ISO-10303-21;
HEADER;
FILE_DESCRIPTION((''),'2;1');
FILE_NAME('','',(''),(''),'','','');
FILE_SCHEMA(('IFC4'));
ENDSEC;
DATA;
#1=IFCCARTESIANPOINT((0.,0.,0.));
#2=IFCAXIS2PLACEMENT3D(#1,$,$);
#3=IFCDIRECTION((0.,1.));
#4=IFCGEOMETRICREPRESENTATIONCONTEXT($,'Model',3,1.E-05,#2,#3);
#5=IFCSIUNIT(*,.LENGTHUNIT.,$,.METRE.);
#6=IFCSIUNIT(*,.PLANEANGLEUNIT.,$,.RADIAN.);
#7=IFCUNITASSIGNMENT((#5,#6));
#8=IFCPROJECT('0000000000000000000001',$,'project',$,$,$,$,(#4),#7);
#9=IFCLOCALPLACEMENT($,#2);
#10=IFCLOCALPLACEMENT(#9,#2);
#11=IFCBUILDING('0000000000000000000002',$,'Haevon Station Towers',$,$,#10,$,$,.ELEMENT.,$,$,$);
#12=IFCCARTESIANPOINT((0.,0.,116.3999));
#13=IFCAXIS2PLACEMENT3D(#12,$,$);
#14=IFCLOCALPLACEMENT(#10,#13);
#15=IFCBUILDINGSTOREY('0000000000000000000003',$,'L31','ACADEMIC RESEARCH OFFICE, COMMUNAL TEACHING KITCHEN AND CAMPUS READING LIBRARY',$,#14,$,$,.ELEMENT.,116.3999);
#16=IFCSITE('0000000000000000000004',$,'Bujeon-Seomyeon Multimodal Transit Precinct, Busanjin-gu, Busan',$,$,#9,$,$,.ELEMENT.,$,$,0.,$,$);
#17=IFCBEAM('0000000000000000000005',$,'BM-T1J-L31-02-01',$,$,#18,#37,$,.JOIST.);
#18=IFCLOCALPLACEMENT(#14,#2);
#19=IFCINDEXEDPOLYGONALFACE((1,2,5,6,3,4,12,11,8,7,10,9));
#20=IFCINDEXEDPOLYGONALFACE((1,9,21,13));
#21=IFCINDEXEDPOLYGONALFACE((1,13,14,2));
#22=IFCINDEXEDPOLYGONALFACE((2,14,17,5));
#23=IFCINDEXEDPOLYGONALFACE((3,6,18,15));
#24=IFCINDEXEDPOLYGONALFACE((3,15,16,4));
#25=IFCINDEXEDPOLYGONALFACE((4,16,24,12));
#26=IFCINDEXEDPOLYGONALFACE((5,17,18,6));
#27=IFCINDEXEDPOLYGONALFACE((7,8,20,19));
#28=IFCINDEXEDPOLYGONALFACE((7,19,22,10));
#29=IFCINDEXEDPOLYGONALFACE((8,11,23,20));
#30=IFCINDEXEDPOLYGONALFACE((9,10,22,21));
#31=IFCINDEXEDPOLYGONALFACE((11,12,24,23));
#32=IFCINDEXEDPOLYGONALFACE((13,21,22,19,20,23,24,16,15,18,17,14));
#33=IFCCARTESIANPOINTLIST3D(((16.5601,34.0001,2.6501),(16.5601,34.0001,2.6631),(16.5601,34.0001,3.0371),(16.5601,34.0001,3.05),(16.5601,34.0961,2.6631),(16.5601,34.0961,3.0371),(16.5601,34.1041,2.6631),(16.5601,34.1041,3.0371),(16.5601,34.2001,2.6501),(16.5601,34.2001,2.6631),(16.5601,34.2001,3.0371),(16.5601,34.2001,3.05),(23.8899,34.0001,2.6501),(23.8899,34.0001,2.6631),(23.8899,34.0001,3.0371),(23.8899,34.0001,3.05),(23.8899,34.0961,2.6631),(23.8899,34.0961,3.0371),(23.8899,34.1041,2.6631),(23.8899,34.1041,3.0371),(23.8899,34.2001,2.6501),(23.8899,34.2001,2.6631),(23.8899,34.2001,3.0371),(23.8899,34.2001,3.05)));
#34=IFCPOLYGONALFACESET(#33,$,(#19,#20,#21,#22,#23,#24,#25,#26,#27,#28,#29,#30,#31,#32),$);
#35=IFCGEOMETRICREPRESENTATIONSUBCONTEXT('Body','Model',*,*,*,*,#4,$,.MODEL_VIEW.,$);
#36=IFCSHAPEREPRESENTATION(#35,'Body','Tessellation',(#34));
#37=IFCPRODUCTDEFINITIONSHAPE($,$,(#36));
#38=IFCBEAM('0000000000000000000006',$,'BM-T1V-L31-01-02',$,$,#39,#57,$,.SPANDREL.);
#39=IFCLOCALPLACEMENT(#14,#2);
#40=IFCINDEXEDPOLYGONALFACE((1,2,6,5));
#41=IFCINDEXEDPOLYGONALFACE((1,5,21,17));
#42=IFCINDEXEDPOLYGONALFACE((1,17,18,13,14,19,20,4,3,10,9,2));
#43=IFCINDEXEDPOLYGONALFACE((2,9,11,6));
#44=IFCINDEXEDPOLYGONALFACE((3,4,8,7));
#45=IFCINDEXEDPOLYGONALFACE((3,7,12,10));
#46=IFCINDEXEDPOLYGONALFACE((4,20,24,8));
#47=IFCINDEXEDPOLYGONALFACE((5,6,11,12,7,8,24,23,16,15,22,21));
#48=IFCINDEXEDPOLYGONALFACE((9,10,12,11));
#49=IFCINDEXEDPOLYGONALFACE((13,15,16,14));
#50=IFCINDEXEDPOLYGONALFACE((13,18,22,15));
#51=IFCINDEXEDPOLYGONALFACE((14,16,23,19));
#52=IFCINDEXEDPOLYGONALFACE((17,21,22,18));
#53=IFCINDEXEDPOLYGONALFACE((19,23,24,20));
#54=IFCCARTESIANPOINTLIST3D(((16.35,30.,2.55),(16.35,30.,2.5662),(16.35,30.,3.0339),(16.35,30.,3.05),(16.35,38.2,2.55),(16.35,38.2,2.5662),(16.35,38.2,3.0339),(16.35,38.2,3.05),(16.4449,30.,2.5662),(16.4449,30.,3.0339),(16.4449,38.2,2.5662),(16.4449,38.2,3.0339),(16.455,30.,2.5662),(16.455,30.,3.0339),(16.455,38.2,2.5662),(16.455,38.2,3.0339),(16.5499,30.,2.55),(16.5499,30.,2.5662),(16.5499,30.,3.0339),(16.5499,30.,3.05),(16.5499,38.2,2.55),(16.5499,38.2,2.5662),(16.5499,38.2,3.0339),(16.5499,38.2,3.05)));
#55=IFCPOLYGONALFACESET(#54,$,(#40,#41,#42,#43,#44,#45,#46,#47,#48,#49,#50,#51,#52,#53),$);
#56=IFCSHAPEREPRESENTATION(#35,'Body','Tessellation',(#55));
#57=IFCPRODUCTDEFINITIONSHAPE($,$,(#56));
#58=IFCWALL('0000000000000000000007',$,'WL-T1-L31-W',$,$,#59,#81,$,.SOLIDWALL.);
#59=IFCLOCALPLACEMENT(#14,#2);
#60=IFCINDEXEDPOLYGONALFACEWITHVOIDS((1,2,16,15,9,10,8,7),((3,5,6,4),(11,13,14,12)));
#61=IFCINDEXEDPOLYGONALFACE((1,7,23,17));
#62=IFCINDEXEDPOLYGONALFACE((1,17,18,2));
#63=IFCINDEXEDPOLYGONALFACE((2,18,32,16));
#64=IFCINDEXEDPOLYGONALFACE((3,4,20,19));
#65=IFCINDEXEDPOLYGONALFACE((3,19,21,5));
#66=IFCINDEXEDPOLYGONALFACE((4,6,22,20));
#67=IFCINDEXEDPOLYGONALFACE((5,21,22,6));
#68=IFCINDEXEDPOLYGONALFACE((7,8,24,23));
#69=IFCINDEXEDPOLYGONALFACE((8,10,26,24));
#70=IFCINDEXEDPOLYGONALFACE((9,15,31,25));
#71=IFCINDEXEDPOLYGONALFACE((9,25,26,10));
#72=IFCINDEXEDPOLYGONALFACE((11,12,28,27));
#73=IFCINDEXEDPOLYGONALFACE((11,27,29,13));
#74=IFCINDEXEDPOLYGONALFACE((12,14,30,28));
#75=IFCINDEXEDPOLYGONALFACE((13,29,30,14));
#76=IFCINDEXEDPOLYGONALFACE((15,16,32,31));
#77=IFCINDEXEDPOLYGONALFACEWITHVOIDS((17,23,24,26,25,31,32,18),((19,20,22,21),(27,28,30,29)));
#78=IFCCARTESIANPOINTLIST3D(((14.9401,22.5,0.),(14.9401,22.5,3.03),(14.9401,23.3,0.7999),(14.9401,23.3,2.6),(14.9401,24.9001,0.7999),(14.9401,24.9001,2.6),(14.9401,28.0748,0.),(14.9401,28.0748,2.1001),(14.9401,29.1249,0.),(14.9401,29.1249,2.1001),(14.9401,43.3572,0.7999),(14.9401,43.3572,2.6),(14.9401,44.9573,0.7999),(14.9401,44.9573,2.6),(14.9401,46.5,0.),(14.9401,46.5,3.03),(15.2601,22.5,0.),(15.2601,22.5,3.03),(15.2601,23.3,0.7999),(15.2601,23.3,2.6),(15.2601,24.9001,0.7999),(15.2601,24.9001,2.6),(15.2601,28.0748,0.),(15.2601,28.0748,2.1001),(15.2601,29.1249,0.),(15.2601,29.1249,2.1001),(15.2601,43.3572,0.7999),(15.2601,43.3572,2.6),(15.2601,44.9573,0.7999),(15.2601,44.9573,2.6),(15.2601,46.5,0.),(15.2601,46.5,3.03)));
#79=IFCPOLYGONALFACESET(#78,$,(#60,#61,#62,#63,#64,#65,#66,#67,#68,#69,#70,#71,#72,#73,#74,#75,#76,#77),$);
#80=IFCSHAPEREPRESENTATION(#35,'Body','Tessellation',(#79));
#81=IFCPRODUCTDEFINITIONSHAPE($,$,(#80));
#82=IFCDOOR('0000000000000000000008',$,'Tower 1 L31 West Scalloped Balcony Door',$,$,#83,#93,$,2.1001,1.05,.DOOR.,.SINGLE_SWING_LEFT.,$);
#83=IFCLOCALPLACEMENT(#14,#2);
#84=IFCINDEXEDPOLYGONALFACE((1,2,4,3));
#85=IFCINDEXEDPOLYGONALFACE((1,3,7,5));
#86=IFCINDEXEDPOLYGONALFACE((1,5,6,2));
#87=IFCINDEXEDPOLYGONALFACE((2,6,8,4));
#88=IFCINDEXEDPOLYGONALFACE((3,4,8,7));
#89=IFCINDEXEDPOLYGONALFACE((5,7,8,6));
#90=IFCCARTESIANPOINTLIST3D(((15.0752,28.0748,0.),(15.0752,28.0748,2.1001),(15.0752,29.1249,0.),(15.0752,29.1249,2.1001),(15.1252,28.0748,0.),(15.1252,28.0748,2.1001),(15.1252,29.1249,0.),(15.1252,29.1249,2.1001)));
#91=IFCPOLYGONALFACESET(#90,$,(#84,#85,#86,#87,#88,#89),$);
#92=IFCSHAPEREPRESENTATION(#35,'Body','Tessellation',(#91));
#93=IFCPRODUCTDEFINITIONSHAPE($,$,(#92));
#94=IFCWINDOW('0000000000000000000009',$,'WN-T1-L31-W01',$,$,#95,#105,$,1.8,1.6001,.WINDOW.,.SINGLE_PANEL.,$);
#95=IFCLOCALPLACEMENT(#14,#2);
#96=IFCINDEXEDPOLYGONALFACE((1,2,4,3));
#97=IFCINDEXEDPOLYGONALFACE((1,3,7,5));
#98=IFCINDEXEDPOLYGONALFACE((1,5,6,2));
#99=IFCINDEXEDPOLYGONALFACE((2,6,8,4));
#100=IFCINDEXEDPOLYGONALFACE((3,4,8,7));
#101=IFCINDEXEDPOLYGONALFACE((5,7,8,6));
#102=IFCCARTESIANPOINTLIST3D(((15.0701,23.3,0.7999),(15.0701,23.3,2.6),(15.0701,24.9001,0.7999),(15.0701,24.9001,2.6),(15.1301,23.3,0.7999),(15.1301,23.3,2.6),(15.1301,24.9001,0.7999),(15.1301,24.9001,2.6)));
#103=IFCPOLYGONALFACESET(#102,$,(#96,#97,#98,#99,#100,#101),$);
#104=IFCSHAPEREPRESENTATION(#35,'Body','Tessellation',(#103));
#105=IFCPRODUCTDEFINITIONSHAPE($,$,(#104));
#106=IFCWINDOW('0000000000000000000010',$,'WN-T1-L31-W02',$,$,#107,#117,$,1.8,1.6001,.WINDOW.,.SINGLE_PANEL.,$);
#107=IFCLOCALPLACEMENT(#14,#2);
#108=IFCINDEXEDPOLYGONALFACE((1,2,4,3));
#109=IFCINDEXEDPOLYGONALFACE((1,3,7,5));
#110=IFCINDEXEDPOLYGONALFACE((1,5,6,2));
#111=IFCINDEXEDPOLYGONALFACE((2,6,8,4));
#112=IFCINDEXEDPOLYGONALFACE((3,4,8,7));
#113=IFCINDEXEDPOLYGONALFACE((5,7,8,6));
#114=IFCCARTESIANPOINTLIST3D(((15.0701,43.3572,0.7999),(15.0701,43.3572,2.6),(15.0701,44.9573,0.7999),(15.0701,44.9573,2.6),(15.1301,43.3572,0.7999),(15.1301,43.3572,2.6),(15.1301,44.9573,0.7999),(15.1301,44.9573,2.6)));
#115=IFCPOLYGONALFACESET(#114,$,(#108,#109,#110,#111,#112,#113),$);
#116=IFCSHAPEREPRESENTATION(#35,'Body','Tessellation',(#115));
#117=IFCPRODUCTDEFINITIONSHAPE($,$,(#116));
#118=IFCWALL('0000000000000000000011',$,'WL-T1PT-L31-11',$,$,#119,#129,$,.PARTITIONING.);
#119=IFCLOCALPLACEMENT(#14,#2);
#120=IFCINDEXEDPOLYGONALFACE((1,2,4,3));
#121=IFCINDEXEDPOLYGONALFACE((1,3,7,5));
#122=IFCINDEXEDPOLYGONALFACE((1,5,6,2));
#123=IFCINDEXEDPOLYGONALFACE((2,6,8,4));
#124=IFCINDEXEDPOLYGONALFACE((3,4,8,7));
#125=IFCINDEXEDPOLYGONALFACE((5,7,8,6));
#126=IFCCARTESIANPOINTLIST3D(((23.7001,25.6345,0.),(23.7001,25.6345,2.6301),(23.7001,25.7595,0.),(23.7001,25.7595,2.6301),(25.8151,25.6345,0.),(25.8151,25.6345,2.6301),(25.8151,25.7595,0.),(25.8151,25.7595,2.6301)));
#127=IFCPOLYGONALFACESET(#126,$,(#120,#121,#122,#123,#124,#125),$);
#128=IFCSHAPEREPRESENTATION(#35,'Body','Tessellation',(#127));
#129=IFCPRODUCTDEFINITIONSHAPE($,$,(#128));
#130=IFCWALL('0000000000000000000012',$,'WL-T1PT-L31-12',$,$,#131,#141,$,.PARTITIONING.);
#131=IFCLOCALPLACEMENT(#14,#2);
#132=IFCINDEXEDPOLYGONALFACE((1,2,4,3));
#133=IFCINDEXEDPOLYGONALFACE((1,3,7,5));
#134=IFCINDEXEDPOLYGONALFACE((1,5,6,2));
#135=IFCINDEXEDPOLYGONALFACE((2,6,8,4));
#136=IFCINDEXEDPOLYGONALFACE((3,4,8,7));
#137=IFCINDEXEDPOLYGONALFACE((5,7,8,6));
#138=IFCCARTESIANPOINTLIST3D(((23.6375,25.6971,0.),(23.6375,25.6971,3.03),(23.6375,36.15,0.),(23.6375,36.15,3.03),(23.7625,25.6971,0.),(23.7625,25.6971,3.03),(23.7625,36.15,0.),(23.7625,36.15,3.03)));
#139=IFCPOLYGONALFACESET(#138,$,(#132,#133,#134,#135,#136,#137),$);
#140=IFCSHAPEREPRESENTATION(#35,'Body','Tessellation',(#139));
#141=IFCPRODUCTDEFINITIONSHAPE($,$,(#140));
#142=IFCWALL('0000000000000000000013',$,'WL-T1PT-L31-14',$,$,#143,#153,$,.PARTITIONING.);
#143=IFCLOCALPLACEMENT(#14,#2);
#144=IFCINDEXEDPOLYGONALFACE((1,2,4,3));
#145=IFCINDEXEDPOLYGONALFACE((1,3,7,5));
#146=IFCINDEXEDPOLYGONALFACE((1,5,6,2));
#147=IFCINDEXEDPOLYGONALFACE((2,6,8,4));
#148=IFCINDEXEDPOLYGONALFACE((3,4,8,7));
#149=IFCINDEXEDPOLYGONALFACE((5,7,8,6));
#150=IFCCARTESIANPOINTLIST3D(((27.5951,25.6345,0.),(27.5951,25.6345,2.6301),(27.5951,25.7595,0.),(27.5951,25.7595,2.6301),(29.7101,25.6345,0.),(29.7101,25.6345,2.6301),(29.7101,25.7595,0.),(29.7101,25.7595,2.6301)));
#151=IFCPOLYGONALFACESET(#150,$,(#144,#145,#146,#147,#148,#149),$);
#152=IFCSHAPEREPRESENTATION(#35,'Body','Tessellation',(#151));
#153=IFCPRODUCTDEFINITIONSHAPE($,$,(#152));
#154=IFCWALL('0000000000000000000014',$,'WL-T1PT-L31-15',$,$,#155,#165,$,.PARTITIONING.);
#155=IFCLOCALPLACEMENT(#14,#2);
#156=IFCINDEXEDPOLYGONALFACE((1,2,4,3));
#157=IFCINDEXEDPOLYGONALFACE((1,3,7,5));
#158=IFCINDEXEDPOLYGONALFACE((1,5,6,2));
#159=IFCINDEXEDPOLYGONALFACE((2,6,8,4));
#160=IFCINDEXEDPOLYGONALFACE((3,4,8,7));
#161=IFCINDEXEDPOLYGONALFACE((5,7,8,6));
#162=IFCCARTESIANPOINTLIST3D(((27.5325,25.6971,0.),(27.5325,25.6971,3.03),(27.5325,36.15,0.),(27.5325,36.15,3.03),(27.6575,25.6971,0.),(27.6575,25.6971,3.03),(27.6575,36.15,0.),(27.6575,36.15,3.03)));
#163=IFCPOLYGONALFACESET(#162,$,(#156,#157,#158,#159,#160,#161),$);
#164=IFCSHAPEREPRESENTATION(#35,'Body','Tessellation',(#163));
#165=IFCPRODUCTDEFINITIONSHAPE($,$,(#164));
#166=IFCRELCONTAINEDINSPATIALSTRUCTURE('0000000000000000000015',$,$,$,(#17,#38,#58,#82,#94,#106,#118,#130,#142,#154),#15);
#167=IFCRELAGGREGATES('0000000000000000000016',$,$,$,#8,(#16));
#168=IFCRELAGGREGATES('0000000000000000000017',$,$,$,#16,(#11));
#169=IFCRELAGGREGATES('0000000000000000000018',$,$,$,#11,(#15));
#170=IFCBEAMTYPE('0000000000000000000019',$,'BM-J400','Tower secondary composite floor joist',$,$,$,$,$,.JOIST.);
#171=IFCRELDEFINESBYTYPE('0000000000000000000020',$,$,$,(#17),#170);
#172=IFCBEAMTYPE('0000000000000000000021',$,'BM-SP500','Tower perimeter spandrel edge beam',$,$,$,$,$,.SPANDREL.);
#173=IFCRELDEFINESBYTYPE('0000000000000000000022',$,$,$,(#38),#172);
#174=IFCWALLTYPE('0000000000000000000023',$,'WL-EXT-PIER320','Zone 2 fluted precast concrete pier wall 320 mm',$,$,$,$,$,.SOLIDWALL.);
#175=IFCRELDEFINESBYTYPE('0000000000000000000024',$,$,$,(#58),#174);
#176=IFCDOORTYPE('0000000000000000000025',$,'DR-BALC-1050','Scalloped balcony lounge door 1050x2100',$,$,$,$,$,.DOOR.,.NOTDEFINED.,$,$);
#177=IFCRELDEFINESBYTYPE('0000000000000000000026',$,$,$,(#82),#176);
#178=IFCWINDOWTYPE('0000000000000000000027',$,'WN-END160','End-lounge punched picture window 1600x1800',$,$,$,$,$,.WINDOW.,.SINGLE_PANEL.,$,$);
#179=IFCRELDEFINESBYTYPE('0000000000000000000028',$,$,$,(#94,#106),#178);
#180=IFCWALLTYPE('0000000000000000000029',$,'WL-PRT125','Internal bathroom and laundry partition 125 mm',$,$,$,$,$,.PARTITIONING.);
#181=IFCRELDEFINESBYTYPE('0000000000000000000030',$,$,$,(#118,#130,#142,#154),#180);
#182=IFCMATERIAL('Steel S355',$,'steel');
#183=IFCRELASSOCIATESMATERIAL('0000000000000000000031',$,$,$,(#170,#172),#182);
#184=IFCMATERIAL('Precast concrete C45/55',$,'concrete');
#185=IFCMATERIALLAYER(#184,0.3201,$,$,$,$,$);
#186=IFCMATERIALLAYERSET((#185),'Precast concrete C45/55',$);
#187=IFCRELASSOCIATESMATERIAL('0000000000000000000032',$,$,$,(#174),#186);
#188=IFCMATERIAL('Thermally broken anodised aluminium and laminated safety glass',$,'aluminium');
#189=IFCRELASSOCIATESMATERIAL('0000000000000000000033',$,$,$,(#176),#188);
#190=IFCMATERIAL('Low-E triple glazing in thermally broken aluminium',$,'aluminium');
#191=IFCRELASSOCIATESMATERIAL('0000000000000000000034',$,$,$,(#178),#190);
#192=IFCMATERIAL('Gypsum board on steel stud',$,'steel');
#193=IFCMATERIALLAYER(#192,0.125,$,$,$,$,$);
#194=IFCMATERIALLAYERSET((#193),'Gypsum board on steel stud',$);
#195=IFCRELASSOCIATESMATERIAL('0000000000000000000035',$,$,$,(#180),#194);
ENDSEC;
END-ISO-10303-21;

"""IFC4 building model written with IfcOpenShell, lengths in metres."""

from ifc_helpers import new_model, si_unit, direction, frame, frame_2d, origin, origin_2d, place, context, subcontext, project, spatial, rectangle, i_section, extrude, material, layer, layer_set, material_profile, profile_set, type_object, element, fill, save


model = new_model("IFC4")

# Units and contexts
model_context = context("Model", 3, precision=1e-05, world=origin(), true_north=direction((0.0, 1.0)))
body_context = subcontext(model_context, "Body", "Model", "MODEL_VIEW")
ifc_project = project(units=[si_unit("LENGTHUNIT", "METRE"), si_unit("PLANEANGLEUNIT", "RADIAN")], contexts=[model_context])

# Site, building, storey
site_placement = place(None, origin())
site = spatial("IfcSite", under=ifc_project, at=site_placement, Name="Bujeon-Seomyeon Multimodal Transit Precinct, Busanjin-gu, Busan", CompositionType="ELEMENT", RefElevation=0.0)
building_placement = place(site_placement, origin())
building = spatial("IfcBuilding", under=site, at=building_placement, Name="Haevon Station Towers", CompositionType="ELEMENT")
storey_placement = place(building_placement, frame((0.0, 0.0, 116.3999)))
storey = spatial("IfcBuildingStorey", under=building, at=storey_placement, Name="L31", Description="ACADEMIC RESEARCH OFFICE, COMMUNAL TEACHING KITCHEN AND CAMPUS READING LIBRARY", CompositionType="ELEMENT", Elevation=116.3999)

# Beams
ifc_material_1 = material(Name="Steel S355", Category="steel")
ifc_material_profile_1 = material_profile(ifc_material_1, i_section(OverallWidth=0.2, OverallDepth=0.3999, WebThickness=0.0081, FlangeThickness=0.0129, at=origin_2d()), Name="H-400x200x8x13")
ifc_profile_set_1 = profile_set([ifc_material_profile_1], Name="Steel S355")
beam_type_1 = type_object("IfcBeamType", Name="BM-J400", Description="Tower secondary composite floor joist", PredefinedType="JOIST", material=ifc_profile_set_1)
beam_1_placement = place(storey_placement, frame((16.5601, 34.1001, 2.8501), z_axis=(1.0, 0.0, 0.0), x_axis=(0.0, 1.0, 0.0)))
element("IfcBeam", 1, at=beam_1_placement, inside=storey, type_object=beam_type_1, Name="BM-T1J-L31-02-01", PredefinedType="JOIST", context=body_context, shape_type="SweptSolid", body=[
    extrude(i_section(OverallWidth=0.2, OverallDepth=0.3999, WebThickness=0.0081, FlangeThickness=0.0129, at=origin_2d()), origin(), (0.0, 0.0, 1.0), 7.3298),
])
ifc_material_profile_2 = material_profile(ifc_material_1, i_section(OverallWidth=0.2, OverallDepth=0.5, WebThickness=0.01, FlangeThickness=0.0161, at=origin_2d()), Name="H-500x200x10x16")
ifc_profile_set_2 = profile_set([ifc_material_profile_2], Name="Steel S355")
beam_type_2 = type_object("IfcBeamType", Name="BM-SP500", Description="Tower perimeter spandrel edge beam", PredefinedType="SPANDREL", material=ifc_profile_set_2)
beam_2_placement = place(storey_placement, frame((16.45, 30.0, 2.8), z_axis=(0.0, 1.0, 0.0), x_axis=(-1.0, 0.0, 0.0)))
element("IfcBeam", 2, at=beam_2_placement, inside=storey, type_object=beam_type_2, Name="BM-T1V-L31-01-02", PredefinedType="SPANDREL", context=body_context, shape_type="SweptSolid", body=[
    extrude(i_section(OverallWidth=0.2, OverallDepth=0.5, WebThickness=0.01, FlangeThickness=0.0161, at=origin_2d()), origin(), (0.0, 0.0, 1.0), 8.2),
])

# Wall, openings, door, windows
ifc_material_2 = material(Name="Precast concrete C45/55", Category="concrete")
ifc_layer_1 = layer(ifc_material_2, 0.3201)
ifc_layer_set_1 = layer_set([ifc_layer_1], Name="Precast concrete C45/55")
wall_type_1 = type_object("IfcWallType", Name="WL-EXT-PIER320", Description="Zone 2 fluted precast concrete pier wall 320 mm", PredefinedType="SOLIDWALL", material=ifc_layer_set_1)
wall_1_placement = place(storey_placement, frame((15.1001, 22.5, 0.0), z_axis=(0.0, 0.0, 1.0), x_axis=(0.0, 1.0, 0.0)))
wall_1 = element("IfcWall", 3, at=wall_1_placement, inside=storey, type_object=wall_type_1, Name="WL-T1-L31-W", PredefinedType="SOLIDWALL", context=body_context, shape_type="SweptSolid", body=[
    extrude(rectangle(XDim=24.0, YDim=0.3201, at=frame_2d((12.0, 0.0))), origin(), (0.0, 0.0, 1.0), 3.03),
])
opening_1_placement = place(wall_1_placement, frame((5.575, 0.0, 0.0)))
opening_1 = element("IfcOpeningElement", 4, at=opening_1_placement, cuts=wall_1, PredefinedType="OPENING", context=body_context, shape_type="SweptSolid", body=[
    extrude(rectangle(XDim=1.05, YDim=2.1001, at=frame_2d((0.5249, 1.05))), frame((0.0, 0.1699, 0.0), z_axis=(0.0, -1.0, 0.0), x_axis=(1.0, 0.0, 0.0)), (0.0, 0.0, 1.0), 0.3401),
])
opening_2_placement = place(wall_1_placement, frame((0.8, 0.0, 0.8)))
opening_2 = element("IfcOpeningElement", 5, at=opening_2_placement, cuts=wall_1, PredefinedType="OPENING", context=body_context, shape_type="SweptSolid", body=[
    extrude(rectangle(XDim=1.6001, YDim=1.8, at=frame_2d((0.8, 0.8999))), frame((0.0, 0.1699, 0.0), z_axis=(0.0, -1.0, 0.0), x_axis=(1.0, 0.0, 0.0)), (0.0, 0.0, 1.0), 0.3401),
])
opening_3_placement = place(wall_1_placement, frame((20.8572, 0.0, 0.8)))
opening_3 = element("IfcOpeningElement", 6, at=opening_3_placement, cuts=wall_1, PredefinedType="OPENING", context=body_context, shape_type="SweptSolid", body=[
    extrude(rectangle(XDim=1.6001, YDim=1.8, at=frame_2d((0.8, 0.8999))), frame((0.0, 0.1699, 0.0), z_axis=(0.0, -1.0, 0.0), x_axis=(1.0, 0.0, 0.0)), (0.0, 0.0, 1.0), 0.3401),
])
ifc_material_3 = material(Name="Thermally broken anodised aluminium and laminated safety glass", Category="aluminium")
door_type = type_object("IfcDoorType", Name="DR-BALC-1050", Description="Scalloped balcony lounge door 1050x2100", OperationType="NOTDEFINED", PredefinedType="DOOR", material=ifc_material_3)
door_placement = place(opening_1_placement, origin())
door = element("IfcDoor", 7, at=door_placement, inside=storey, type_object=door_type, Name="Tower 1 L31 West Scalloped Balcony Door", OperationType="SINGLE_SWING_LEFT", OverallHeight=2.1001, OverallWidth=1.05, PredefinedType="DOOR", context=body_context, shape_type="SweptSolid", body=[
    extrude(rectangle(XDim=1.05, YDim=2.1001, at=frame_2d((0.5249, 1.05))), frame((0.0, 0.0249, 0.0), z_axis=(0.0, -1.0, 0.0), x_axis=(1.0, 0.0, 0.0)), (0.0, 0.0, 1.0), 0.05),
])
fill(opening_1, door)
ifc_material_4 = material(Name="Low-E triple glazing in thermally broken aluminium", Category="aluminium")
window_type = type_object("IfcWindowType", Name="WN-END160", Description="End-lounge punched picture window 1600x1800", PartitioningType="SINGLE_PANEL", PredefinedType="WINDOW", material=ifc_material_4)
window_1_placement = place(opening_2_placement, origin())
window_1 = element("IfcWindow", 8, at=window_1_placement, inside=storey, type_object=window_type, Name="WN-T1-L31-W01", OverallHeight=1.8, OverallWidth=1.6001, PartitioningType="SINGLE_PANEL", PredefinedType="WINDOW", context=body_context, shape_type="SweptSolid", body=[
    extrude(rectangle(XDim=1.6001, YDim=1.8, at=frame_2d((0.8, 0.8999))), frame((0.0, 0.03, 0.0), z_axis=(0.0, -1.0, 0.0), x_axis=(1.0, 0.0, 0.0)), (0.0, 0.0, 1.0), 0.0601),
])
fill(opening_2, window_1)
window_2_placement = place(opening_3_placement, origin())
window_2 = element("IfcWindow", 9, at=window_2_placement, inside=storey, type_object=window_type, Name="WN-T1-L31-W02", OverallHeight=1.8, OverallWidth=1.6001, PartitioningType="SINGLE_PANEL", PredefinedType="WINDOW", context=body_context, shape_type="SweptSolid", body=[
    extrude(rectangle(XDim=1.6001, YDim=1.8, at=frame_2d((0.8, 0.8999))), frame((0.0, 0.03, 0.0), z_axis=(0.0, -1.0, 0.0), x_axis=(1.0, 0.0, 0.0)), (0.0, 0.0, 1.0), 0.0601),
])
fill(opening_3, window_2)

# Walls
ifc_material_5 = material(Name="Gypsum board on steel stud", Category="steel")
ifc_layer_2 = layer(ifc_material_5, 0.125)
ifc_layer_set_2 = layer_set([ifc_layer_2], Name="Gypsum board on steel stud")
wall_type_2 = type_object("IfcWallType", Name="WL-PRT125", Description="Internal bathroom and laundry partition 125 mm", PredefinedType="PARTITIONING", material=ifc_layer_set_2)
wall_2_placement = place(storey_placement, frame((23.7, 25.697, 0.0), z_axis=(0.0, 0.0, 1.0), x_axis=(1.0, 0.0, 0.0)))
element("IfcWall", 10, at=wall_2_placement, inside=storey, type_object=wall_type_2, Name="WL-T1PT-L31-11", PredefinedType="PARTITIONING", context=body_context, shape_type="SweptSolid", body=[
    extrude(rectangle(XDim=2.115, YDim=0.125, at=frame_2d((1.0576, 0.0))), origin(), (0.0, 0.0, 1.0), 2.6301),
])
wall_3_placement = place(storey_placement, frame((23.7, 25.697, 0.0), z_axis=(0.0, 0.0, 1.0), x_axis=(0.0, 1.0, 0.0)))
element("IfcWall", 11, at=wall_3_placement, inside=storey, type_object=wall_type_2, Name="WL-T1PT-L31-12", PredefinedType="PARTITIONING", context=body_context, shape_type="SweptSolid", body=[
    extrude(rectangle(XDim=10.4529, YDim=0.125, at=frame_2d((5.2266, 0.0))), origin(), (0.0, 0.0, 1.0), 3.03),
])
wall_4_placement = place(storey_placement, frame((27.595, 25.697, 0.0), z_axis=(0.0, 0.0, 1.0), x_axis=(1.0, 0.0, 0.0)))
element("IfcWall", 12, at=wall_4_placement, inside=storey, type_object=wall_type_2, Name="WL-T1PT-L31-14", PredefinedType="PARTITIONING", context=body_context, shape_type="SweptSolid", body=[
    extrude(rectangle(XDim=2.115, YDim=0.125, at=frame_2d((1.0576, 0.0))), origin(), (0.0, 0.0, 1.0), 2.6301),
])
wall_5_placement = place(storey_placement, frame((27.595, 25.697, 0.0), z_axis=(0.0, 0.0, 1.0), x_axis=(0.0, 1.0, 0.0)))
element("IfcWall", 13, at=wall_5_placement, inside=storey, type_object=wall_type_2, Name="WL-T1PT-L31-15", PredefinedType="PARTITIONING", context=body_context, shape_type="SweptSolid", body=[
    extrude(rectangle(XDim=10.4529, YDim=0.125, at=frame_2d((5.2266, 0.0))), origin(), (0.0, 0.0, 1.0), 3.03),
])

save(model, "model.ifc")
